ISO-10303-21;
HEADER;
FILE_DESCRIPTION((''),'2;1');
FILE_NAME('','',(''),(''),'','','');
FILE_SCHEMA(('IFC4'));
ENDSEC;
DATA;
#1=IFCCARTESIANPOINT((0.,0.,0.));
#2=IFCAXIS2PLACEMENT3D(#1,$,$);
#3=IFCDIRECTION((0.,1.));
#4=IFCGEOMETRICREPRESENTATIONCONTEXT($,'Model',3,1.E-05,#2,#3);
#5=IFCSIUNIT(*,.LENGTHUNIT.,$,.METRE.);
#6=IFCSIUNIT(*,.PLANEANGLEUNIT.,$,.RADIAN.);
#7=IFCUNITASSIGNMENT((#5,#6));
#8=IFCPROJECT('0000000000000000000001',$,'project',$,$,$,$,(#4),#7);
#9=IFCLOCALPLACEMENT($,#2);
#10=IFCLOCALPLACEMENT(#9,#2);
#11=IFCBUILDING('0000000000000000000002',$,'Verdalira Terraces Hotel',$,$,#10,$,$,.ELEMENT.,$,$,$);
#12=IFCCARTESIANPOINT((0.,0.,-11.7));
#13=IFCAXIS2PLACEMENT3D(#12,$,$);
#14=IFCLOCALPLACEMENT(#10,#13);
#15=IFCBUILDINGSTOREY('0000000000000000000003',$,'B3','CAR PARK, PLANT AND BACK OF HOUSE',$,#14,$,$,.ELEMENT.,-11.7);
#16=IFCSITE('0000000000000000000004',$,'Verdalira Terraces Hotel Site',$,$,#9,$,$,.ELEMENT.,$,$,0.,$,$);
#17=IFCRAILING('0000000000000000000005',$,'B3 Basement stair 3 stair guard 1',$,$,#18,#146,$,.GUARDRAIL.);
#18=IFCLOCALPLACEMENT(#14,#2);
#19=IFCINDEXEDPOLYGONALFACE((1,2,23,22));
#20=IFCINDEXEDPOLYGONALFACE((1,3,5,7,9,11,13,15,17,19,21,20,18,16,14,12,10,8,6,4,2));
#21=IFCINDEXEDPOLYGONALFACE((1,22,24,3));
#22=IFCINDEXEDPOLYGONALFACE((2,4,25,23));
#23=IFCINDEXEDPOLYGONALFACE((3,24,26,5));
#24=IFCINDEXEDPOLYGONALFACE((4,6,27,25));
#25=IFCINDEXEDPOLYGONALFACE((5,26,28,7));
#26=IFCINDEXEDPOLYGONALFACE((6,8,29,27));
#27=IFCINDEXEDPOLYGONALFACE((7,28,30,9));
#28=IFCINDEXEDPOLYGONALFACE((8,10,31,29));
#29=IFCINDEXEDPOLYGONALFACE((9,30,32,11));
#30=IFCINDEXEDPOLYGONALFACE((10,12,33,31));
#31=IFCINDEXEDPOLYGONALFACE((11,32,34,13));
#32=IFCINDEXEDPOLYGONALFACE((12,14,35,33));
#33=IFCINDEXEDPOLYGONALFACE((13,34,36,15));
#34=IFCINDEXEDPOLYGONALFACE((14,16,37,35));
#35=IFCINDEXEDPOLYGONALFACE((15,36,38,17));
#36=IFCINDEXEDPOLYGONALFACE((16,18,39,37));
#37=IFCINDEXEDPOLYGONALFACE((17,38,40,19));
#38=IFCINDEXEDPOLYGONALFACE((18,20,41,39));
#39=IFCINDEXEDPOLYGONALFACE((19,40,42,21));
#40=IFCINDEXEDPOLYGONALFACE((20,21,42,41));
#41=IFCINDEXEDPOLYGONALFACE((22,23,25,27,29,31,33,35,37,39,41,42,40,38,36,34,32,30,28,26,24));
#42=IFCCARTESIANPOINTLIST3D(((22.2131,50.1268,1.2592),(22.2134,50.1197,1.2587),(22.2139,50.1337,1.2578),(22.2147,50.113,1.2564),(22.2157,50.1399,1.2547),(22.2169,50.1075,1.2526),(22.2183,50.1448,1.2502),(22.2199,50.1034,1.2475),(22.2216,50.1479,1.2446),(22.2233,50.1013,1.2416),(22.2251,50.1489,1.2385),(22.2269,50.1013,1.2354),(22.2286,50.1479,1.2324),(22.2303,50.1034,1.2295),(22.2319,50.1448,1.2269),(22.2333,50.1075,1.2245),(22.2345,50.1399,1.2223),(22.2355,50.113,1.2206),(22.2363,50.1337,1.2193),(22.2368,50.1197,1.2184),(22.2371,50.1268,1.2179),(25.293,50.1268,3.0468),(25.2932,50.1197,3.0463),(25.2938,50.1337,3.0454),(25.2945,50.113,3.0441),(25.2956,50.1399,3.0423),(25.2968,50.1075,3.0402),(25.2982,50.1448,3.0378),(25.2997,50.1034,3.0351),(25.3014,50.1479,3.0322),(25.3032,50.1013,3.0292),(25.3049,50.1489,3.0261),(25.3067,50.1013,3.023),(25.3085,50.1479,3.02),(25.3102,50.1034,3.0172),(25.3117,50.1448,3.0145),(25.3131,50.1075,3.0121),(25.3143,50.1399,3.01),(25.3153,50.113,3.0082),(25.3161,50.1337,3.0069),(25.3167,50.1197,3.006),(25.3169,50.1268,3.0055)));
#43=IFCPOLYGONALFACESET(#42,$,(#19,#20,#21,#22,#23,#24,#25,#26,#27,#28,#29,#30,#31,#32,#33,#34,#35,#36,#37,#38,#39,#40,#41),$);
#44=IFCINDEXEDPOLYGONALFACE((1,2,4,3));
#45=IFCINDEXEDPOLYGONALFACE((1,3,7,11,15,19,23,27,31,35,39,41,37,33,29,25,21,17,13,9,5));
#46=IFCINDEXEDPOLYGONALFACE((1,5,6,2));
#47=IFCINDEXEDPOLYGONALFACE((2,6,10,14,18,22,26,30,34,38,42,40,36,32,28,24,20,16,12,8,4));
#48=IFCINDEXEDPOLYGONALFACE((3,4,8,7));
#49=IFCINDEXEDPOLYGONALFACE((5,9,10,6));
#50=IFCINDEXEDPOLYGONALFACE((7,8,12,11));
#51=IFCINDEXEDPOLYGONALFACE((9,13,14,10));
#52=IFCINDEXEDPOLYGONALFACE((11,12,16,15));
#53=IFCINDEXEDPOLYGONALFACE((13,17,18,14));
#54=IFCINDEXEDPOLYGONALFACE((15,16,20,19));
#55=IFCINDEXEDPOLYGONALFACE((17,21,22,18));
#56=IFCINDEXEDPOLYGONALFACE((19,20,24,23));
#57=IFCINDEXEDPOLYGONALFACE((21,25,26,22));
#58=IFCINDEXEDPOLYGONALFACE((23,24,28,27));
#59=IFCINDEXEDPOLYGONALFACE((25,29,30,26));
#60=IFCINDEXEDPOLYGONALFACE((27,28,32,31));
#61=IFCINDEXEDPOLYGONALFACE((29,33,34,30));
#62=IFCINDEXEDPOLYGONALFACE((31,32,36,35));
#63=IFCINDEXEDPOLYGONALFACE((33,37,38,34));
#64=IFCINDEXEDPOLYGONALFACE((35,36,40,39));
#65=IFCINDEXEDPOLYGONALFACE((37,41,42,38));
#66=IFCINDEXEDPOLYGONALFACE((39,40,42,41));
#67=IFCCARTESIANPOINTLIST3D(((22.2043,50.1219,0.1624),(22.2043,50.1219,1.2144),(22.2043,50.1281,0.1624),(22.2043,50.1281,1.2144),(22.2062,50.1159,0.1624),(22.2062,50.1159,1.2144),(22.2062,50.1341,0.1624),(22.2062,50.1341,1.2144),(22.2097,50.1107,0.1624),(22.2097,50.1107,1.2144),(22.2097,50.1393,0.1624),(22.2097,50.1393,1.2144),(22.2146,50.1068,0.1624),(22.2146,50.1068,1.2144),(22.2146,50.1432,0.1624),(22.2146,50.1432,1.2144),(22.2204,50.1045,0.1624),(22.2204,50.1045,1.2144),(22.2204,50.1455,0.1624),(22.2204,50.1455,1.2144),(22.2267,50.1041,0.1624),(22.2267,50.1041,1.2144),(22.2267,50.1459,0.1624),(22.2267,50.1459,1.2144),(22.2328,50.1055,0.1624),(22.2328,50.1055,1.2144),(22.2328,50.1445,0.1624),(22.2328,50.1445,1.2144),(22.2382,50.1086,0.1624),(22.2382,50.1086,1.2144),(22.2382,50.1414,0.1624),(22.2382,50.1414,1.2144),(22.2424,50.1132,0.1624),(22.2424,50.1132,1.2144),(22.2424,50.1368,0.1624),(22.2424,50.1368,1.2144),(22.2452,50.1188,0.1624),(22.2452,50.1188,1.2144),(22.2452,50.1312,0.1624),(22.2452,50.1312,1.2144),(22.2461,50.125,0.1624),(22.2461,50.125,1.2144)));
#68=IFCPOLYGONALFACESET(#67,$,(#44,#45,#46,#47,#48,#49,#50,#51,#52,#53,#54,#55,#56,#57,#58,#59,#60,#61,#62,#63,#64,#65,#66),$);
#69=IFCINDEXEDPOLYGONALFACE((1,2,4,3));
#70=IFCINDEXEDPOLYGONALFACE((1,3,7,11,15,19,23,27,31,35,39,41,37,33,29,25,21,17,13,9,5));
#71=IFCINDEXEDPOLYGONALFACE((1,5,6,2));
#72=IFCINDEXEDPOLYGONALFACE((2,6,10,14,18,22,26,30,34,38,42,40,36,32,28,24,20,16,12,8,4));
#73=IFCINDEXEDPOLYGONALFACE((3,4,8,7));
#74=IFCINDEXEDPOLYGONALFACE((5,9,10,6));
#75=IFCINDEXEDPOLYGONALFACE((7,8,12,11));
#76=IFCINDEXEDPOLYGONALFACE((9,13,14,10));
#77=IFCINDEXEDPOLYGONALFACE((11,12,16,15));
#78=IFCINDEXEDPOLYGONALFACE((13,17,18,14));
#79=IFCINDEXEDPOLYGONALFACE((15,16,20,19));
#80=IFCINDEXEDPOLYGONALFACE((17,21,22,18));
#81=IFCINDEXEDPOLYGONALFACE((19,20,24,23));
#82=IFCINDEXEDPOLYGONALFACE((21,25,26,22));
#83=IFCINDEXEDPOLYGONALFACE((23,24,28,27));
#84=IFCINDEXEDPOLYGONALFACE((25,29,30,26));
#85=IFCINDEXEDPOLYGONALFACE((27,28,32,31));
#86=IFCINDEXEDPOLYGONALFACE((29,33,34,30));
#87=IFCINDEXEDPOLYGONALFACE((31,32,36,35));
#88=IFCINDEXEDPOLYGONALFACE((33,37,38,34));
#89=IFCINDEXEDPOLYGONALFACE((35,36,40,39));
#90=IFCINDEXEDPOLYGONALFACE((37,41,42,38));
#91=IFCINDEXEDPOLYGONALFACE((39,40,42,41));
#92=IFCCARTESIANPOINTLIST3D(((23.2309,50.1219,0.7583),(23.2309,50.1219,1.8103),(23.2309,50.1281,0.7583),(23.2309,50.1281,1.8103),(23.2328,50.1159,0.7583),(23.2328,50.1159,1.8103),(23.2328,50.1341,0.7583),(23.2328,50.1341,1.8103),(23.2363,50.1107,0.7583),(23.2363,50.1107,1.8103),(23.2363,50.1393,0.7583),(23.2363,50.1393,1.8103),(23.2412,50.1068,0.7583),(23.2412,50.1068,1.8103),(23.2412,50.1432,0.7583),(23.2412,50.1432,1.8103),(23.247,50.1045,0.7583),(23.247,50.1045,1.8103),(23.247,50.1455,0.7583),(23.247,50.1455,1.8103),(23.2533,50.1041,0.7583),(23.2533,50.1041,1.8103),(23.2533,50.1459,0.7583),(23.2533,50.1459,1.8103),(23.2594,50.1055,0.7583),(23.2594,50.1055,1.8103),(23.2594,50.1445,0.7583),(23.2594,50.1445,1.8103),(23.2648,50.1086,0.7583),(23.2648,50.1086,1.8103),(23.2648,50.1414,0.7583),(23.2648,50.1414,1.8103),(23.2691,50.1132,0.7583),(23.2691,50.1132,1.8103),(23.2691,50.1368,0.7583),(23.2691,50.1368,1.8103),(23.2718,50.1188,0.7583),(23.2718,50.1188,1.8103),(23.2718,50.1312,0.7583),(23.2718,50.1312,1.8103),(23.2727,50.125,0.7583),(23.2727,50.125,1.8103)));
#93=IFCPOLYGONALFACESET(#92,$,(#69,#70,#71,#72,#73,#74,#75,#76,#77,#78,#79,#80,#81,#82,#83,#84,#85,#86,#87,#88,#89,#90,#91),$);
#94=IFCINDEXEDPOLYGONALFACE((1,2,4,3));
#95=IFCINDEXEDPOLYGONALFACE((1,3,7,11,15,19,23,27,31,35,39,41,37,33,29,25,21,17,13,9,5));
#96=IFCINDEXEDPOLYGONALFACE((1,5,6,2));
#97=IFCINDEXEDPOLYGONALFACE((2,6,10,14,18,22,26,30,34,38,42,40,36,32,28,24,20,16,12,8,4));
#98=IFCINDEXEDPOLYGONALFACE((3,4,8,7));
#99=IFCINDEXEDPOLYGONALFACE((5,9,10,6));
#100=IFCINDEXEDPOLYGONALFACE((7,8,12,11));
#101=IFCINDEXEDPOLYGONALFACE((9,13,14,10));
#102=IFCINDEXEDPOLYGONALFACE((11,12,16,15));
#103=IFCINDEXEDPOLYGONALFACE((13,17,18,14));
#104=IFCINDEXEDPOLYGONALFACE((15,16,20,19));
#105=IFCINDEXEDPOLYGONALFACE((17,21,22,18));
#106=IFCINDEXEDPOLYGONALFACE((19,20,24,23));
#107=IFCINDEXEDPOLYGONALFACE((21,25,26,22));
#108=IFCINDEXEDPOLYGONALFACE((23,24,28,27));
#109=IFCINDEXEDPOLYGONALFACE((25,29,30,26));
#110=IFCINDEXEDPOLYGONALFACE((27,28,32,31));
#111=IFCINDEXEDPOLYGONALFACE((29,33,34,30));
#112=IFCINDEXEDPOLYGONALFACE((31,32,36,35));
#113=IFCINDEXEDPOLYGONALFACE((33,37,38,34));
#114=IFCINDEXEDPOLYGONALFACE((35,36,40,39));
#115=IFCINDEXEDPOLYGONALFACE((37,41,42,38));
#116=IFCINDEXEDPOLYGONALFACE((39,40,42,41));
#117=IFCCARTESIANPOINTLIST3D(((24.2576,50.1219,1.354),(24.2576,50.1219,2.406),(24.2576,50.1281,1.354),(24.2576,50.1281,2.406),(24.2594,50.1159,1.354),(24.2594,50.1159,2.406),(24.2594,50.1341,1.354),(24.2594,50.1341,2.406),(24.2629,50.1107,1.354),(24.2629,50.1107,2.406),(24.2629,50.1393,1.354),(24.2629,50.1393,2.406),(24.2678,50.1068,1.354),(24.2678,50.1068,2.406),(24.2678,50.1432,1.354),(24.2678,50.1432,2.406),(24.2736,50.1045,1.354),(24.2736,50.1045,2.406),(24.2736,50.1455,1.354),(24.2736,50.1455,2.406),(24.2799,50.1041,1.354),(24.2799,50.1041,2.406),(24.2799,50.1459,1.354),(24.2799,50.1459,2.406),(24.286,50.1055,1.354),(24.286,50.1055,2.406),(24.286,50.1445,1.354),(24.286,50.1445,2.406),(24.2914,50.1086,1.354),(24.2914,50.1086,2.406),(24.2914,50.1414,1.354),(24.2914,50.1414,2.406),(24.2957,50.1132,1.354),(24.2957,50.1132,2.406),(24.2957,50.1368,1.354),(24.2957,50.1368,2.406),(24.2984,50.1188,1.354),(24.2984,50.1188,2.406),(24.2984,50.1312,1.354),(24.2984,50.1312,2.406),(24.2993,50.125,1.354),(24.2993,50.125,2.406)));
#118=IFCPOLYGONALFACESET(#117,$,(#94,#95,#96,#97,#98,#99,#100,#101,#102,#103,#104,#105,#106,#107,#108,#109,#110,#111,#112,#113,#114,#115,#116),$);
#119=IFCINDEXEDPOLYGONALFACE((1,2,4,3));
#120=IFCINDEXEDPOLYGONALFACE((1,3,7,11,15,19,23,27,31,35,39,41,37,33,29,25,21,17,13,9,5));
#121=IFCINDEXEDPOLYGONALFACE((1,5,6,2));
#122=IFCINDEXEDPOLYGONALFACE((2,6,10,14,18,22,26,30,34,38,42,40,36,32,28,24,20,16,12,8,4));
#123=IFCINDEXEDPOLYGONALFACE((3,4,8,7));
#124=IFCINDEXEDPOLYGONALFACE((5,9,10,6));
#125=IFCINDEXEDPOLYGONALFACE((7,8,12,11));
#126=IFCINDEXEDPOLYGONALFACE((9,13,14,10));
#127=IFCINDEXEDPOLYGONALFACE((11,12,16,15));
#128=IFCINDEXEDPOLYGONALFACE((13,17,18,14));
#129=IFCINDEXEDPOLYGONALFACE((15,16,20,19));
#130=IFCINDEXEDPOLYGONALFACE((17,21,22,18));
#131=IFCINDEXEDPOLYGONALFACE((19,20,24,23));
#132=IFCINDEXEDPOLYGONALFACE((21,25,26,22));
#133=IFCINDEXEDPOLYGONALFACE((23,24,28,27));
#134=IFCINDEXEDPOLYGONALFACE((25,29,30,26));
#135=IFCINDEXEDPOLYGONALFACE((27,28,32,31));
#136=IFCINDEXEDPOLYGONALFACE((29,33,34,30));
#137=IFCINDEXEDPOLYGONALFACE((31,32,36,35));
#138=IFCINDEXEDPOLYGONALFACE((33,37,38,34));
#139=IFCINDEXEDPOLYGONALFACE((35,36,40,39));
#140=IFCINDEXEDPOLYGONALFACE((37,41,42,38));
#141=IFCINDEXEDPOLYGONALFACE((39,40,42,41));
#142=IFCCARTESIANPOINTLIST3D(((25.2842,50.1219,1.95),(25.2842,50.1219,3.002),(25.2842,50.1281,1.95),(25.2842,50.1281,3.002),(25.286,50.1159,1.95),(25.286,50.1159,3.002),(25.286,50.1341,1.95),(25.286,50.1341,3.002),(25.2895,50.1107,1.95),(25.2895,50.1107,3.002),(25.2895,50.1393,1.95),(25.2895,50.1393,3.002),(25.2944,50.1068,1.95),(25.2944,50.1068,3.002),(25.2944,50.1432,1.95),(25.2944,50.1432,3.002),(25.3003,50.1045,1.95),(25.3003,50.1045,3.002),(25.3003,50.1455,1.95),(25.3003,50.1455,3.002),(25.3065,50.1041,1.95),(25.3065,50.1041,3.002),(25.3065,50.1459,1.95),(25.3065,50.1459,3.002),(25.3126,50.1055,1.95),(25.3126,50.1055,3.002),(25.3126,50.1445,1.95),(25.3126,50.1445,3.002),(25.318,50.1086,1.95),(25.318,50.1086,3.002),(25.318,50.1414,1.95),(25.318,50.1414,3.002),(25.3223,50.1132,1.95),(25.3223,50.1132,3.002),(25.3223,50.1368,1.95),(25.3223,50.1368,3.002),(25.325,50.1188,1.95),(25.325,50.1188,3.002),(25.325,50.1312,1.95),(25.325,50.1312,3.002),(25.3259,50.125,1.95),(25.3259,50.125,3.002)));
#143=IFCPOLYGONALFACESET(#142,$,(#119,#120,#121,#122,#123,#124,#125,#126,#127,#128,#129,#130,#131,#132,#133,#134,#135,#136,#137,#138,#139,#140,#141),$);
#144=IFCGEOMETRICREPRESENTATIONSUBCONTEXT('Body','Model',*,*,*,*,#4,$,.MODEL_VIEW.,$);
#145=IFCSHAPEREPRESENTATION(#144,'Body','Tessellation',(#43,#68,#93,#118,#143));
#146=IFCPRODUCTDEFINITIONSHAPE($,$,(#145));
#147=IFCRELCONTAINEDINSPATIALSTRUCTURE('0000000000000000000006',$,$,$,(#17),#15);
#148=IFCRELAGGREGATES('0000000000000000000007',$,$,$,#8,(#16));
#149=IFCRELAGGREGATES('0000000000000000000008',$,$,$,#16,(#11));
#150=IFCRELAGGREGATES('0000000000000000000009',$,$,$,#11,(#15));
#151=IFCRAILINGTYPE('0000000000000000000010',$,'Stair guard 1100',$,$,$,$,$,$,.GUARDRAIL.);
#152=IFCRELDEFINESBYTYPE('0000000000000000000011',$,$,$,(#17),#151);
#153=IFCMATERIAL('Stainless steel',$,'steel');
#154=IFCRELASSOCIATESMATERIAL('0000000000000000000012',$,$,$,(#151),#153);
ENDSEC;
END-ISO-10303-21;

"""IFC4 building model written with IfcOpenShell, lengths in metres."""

from ifc_helpers import new_model, si_unit, direction, frame, origin, origin_2d, place, context, subcontext, project, spatial, circle, extrude, material, type_object, element, save


model = new_model("IFC4")

# Units and contexts
model_context = context("Model", 3, precision=1e-05, world=origin(), true_north=direction((0.0, 1.0)))
body_context = subcontext(model_context, "Body", "Model", "MODEL_VIEW")
ifc_project = project(units=[si_unit("LENGTHUNIT", "METRE"), si_unit("PLANEANGLEUNIT", "RADIAN")], contexts=[model_context])

# Site, building, storey
site_placement = place(None, origin())
site = spatial("IfcSite", under=ifc_project, at=site_placement, Name="Verdalira Terraces Hotel Site", CompositionType="ELEMENT", RefElevation=0.0)
building_placement = place(site_placement, origin())
building = spatial("IfcBuilding", under=site, at=building_placement, Name="Verdalira Terraces Hotel", CompositionType="ELEMENT")
storey_placement = place(building_placement, frame((0.0, 0.0, -11.7)))
storey = spatial("IfcBuildingStorey", under=building, at=storey_placement, Name="B3", Description="CAR PARK, PLANT AND BACK OF HOUSE", CompositionType="ELEMENT", Elevation=-11.7)

# Railing
ifc_material_1 = material(Name="Stainless steel", Category="steel")
railing_type_1 = type_object("IfcRailingType", Name="Stair guard 1100", PredefinedType="GUARDRAIL", material=ifc_material_1)
railing_1_placement = place(storey_placement, frame((22.2251, 50.125, 0.1624)))
element("IfcRailing", 1, at=railing_1_placement, inside=storey, type_object=railing_type_1, Name="B3 Basement stair 3 stair guard 1", PredefinedType="GUARDRAIL", context=body_context, shape_type="SweptSolid", body=[
    extrude(circle(Radius=0.0239, at=origin_2d()), frame((0.0, 0.0, 1.0762), z_axis=(0.864873, 0.0, 0.50199), x_axis=(0.0, 1.0, 0.0)), (0.0, 0.0, 1.0), 3.561),
    extrude(circle(Radius=0.021, at=origin_2d()), origin(), (0.0, 0.0, 1.0), 1.052),
    extrude(circle(Radius=0.021, at=origin_2d()), frame((1.0266, 0.0, 0.5959)), (0.0, 0.0, 1.0), 1.052),
    extrude(circle(Radius=0.021, at=origin_2d()), frame((2.0532, 0.0, 1.1917)), (0.0, 0.0, 1.0), 1.052),
    extrude(circle(Radius=0.021, at=origin_2d()), frame((3.0798, 0.0, 1.7876)), (0.0, 0.0, 1.0), 1.052),
])

save(model, "model.ifc")
